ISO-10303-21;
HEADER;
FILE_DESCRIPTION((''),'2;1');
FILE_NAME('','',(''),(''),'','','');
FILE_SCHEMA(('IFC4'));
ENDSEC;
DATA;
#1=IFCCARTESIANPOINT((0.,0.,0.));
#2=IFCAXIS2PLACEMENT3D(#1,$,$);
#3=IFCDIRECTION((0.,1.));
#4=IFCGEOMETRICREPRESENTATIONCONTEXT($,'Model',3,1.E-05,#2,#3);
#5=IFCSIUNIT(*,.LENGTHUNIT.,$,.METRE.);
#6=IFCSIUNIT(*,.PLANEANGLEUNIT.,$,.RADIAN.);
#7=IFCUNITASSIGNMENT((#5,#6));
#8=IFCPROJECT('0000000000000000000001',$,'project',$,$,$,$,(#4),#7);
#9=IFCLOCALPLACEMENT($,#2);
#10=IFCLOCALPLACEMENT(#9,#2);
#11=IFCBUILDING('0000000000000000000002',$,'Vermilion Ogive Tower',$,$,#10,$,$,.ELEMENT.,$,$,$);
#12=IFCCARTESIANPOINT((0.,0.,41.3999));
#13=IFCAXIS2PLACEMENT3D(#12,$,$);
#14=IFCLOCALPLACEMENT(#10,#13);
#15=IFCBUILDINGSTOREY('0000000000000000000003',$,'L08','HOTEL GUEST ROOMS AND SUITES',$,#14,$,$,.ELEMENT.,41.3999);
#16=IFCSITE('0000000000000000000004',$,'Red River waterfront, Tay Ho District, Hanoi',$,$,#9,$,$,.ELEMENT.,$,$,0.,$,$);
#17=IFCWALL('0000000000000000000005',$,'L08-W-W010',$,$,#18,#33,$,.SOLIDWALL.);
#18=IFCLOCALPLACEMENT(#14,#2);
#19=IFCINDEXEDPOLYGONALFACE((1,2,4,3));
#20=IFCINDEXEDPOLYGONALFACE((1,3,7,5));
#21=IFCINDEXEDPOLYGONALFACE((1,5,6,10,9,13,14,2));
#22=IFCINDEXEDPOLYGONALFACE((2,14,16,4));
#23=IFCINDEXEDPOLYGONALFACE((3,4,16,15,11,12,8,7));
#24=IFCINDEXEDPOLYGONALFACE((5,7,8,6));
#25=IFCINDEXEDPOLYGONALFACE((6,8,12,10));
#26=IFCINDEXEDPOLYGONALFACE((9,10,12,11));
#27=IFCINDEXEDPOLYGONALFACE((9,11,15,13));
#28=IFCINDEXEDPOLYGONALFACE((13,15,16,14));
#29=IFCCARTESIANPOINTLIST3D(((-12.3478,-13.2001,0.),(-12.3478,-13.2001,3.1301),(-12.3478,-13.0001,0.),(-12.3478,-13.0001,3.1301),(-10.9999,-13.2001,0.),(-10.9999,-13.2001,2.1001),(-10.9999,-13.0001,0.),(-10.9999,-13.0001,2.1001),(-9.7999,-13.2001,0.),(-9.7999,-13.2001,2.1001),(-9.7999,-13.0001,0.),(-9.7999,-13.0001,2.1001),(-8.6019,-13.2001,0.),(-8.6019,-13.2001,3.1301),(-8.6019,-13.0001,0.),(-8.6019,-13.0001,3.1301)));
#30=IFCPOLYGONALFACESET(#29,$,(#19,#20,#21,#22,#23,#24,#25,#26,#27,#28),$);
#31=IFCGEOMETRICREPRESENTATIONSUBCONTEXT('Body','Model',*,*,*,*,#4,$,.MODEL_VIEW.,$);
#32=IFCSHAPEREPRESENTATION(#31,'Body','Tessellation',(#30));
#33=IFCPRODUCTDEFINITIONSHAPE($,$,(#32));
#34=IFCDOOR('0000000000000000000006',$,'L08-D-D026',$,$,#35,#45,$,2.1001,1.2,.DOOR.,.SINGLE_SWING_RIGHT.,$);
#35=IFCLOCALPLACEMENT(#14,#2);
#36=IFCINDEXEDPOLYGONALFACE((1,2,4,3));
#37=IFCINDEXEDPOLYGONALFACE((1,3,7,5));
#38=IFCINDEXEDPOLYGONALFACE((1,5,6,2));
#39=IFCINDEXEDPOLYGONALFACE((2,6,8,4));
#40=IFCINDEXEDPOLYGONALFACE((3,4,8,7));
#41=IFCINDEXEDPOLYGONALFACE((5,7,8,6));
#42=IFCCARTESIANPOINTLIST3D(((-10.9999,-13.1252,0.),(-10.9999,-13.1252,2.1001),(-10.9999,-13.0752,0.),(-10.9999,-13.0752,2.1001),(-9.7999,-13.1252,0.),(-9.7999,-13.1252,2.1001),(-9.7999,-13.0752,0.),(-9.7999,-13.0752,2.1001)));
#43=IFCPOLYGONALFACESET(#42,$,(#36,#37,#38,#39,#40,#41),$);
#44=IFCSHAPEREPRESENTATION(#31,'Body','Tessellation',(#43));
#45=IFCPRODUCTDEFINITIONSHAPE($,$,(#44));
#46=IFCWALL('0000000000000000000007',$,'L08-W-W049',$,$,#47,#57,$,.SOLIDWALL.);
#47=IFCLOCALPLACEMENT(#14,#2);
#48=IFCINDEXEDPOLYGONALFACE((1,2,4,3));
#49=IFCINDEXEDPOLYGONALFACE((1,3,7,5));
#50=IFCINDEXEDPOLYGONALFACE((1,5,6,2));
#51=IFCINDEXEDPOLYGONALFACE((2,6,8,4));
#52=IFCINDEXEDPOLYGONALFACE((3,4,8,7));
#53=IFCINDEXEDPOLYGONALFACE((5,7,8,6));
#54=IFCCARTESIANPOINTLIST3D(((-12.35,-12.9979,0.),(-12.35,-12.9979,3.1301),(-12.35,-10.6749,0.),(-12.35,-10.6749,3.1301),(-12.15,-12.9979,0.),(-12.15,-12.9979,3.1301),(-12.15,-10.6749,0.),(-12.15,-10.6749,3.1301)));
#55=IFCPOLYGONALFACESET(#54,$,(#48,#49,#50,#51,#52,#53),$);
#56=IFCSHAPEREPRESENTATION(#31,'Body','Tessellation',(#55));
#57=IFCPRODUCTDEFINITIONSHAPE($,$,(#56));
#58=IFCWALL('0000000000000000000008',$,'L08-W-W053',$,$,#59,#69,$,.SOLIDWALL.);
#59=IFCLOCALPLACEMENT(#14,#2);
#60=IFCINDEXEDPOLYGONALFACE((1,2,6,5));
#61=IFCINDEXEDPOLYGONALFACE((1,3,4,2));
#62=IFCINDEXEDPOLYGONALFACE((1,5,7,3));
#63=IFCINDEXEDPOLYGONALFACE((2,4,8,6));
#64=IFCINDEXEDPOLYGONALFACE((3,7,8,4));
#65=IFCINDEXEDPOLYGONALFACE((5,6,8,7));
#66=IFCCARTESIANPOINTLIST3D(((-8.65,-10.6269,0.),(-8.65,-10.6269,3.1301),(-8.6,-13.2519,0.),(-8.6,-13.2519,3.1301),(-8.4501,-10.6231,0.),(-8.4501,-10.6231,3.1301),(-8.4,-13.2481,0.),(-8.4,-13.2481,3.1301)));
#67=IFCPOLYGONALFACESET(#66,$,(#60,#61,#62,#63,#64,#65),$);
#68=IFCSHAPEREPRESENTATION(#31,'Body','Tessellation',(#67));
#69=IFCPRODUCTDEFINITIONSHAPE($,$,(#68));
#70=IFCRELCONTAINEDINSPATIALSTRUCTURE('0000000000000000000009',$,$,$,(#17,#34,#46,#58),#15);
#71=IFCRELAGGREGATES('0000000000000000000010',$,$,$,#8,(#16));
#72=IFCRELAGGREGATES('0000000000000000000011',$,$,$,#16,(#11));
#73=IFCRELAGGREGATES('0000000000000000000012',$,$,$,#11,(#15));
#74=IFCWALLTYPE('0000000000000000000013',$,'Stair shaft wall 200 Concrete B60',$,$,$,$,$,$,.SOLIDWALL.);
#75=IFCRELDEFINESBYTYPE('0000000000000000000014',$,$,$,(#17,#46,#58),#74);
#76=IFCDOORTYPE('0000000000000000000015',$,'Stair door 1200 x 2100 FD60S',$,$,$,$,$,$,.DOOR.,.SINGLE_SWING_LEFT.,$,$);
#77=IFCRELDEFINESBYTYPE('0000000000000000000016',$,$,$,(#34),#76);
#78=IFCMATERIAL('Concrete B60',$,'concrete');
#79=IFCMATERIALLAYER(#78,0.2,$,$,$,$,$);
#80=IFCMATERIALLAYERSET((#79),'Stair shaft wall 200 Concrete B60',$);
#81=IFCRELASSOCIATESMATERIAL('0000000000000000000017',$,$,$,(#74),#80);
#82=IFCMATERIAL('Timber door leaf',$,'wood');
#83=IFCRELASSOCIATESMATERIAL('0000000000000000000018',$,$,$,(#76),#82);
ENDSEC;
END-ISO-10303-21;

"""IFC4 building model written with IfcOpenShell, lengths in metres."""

from ifc_helpers import new_model, si_unit, direction, frame, frame_2d, origin, place, context, subcontext, project, spatial, rectangle, extrude, material, layer, layer_set, type_object, element, fill, save


model = new_model("IFC4")

# Units and contexts
model_context = context("Model", 3, precision=1e-05, world=origin(), true_north=direction((0.0, 1.0)))
body_context = subcontext(model_context, "Body", "Model", "MODEL_VIEW")
ifc_project = project(units=[si_unit("LENGTHUNIT", "METRE"), si_unit("PLANEANGLEUNIT", "RADIAN")], contexts=[model_context])

# Site, building, storey
site_placement = place(None, origin())
site = spatial("IfcSite", under=ifc_project, at=site_placement, Name="Red River waterfront, Tay Ho District, Hanoi", CompositionType="ELEMENT", RefElevation=0.0)
building_placement = place(site_placement, origin())
building = spatial("IfcBuilding", under=site, at=building_placement, Name="Vermilion Ogive Tower", CompositionType="ELEMENT")
storey_placement = place(building_placement, frame((0.0, 0.0, 41.3999)))
storey = spatial("IfcBuildingStorey", under=building, at=storey_placement, Name="L08", Description="HOTEL GUEST ROOMS AND SUITES", CompositionType="ELEMENT", Elevation=41.3999)

# Wall, opening, door
ifc_material_1 = material(Name="Concrete B60", Category="concrete")
ifc_layer_1 = layer(ifc_material_1, 0.2)
ifc_layer_set_1 = layer_set([ifc_layer_1], Name="Stair shaft wall 200 Concrete B60")
wall_type_1 = type_object("IfcWallType", Name="Stair shaft wall 200 Concrete B60", PredefinedType="SOLIDWALL", material=ifc_layer_set_1)
wall_1_placement = place(storey_placement, frame((-12.3479, -13.1001, 0.0), z_axis=(0.0, 0.0, 1.0), x_axis=(1.0, 0.0, 0.0)))
wall_1 = element("IfcWall", 1, at=wall_1_placement, inside=storey, type_object=wall_type_1, Name="L08-W-W010", PredefinedType="SOLIDWALL", context=body_context, shape_type="SweptSolid", body=[
    extrude(rectangle(XDim=3.7458, YDim=0.2, at=frame_2d((1.873, 0.0))), origin(), (0.0, 0.0, 1.0), 3.1301),
])
opening_1_placement = place(wall_1_placement, frame((1.3479, 0.0, 0.0)))
opening_1 = element("IfcOpeningElement", 2, at=opening_1_placement, cuts=wall_1, PredefinedType="OPENING", context=body_context, shape_type="SweptSolid", body=[
    extrude(rectangle(XDim=1.2, YDim=2.1001, at=frame_2d((0.6001, 1.05))), frame((0.0, 0.1099, 0.0), z_axis=(0.0, -1.0, 0.0), x_axis=(1.0, 0.0, 0.0)), (0.0, 0.0, 1.0), 0.22),
])
ifc_material_2 = material(Name="Timber door leaf", Category="wood")
door_type_1 = type_object("IfcDoorType", Name="Stair door 1200 x 2100 FD60S", OperationType="SINGLE_SWING_LEFT", PredefinedType="DOOR", material=ifc_material_2)
door_1_placement = place(opening_1_placement, origin())
door_1 = element("IfcDoor", 3, at=door_1_placement, inside=storey, type_object=door_type_1, Name="L08-D-D026", OperationType="SINGLE_SWING_RIGHT", OverallHeight=2.1001, OverallWidth=1.2, PredefinedType="DOOR", context=body_context, shape_type="SweptSolid", body=[
    extrude(rectangle(XDim=1.2, YDim=2.1001, at=frame_2d((0.6001, 1.05))), frame((0.0, 0.0249, 0.0), z_axis=(0.0, -1.0, 0.0), x_axis=(1.0, 0.0, 0.0)), (0.0, 0.0, 1.0), 0.05),
])
fill(opening_1, door_1)

# Walls
wall_2_placement = place(storey_placement, frame((-12.25, -12.998, 0.0), z_axis=(0.0, 0.0, 1.0), x_axis=(0.0, 1.0, 0.0)))
element("IfcWall", 4, at=wall_2_placement, inside=storey, type_object=wall_type_1, Name="L08-W-W049", PredefinedType="SOLIDWALL", context=body_context, shape_type="SweptSolid", body=[
    extrude(rectangle(XDim=2.323, YDim=0.2, at=frame_2d((1.1616, 0.0))), origin(), (0.0, 0.0, 1.0), 3.1301),
])
wall_3_placement = place(storey_placement, frame((-8.5, -13.25, 0.0), z_axis=(0.0, 0.0, 1.0), x_axis=(-0.019063, 0.999818, 0.0)))
element("IfcWall", 5, at=wall_3_placement, inside=storey, type_object=wall_type_1, Name="L08-W-W053", PredefinedType="SOLIDWALL", context=body_context, shape_type="SweptSolid", body=[
    extrude(rectangle(XDim=2.6255, YDim=0.2, at=frame_2d((1.3127, 0.0))), origin(), (0.0, 0.0, 1.0), 3.1301),
])

save(model, "model.ifc")
